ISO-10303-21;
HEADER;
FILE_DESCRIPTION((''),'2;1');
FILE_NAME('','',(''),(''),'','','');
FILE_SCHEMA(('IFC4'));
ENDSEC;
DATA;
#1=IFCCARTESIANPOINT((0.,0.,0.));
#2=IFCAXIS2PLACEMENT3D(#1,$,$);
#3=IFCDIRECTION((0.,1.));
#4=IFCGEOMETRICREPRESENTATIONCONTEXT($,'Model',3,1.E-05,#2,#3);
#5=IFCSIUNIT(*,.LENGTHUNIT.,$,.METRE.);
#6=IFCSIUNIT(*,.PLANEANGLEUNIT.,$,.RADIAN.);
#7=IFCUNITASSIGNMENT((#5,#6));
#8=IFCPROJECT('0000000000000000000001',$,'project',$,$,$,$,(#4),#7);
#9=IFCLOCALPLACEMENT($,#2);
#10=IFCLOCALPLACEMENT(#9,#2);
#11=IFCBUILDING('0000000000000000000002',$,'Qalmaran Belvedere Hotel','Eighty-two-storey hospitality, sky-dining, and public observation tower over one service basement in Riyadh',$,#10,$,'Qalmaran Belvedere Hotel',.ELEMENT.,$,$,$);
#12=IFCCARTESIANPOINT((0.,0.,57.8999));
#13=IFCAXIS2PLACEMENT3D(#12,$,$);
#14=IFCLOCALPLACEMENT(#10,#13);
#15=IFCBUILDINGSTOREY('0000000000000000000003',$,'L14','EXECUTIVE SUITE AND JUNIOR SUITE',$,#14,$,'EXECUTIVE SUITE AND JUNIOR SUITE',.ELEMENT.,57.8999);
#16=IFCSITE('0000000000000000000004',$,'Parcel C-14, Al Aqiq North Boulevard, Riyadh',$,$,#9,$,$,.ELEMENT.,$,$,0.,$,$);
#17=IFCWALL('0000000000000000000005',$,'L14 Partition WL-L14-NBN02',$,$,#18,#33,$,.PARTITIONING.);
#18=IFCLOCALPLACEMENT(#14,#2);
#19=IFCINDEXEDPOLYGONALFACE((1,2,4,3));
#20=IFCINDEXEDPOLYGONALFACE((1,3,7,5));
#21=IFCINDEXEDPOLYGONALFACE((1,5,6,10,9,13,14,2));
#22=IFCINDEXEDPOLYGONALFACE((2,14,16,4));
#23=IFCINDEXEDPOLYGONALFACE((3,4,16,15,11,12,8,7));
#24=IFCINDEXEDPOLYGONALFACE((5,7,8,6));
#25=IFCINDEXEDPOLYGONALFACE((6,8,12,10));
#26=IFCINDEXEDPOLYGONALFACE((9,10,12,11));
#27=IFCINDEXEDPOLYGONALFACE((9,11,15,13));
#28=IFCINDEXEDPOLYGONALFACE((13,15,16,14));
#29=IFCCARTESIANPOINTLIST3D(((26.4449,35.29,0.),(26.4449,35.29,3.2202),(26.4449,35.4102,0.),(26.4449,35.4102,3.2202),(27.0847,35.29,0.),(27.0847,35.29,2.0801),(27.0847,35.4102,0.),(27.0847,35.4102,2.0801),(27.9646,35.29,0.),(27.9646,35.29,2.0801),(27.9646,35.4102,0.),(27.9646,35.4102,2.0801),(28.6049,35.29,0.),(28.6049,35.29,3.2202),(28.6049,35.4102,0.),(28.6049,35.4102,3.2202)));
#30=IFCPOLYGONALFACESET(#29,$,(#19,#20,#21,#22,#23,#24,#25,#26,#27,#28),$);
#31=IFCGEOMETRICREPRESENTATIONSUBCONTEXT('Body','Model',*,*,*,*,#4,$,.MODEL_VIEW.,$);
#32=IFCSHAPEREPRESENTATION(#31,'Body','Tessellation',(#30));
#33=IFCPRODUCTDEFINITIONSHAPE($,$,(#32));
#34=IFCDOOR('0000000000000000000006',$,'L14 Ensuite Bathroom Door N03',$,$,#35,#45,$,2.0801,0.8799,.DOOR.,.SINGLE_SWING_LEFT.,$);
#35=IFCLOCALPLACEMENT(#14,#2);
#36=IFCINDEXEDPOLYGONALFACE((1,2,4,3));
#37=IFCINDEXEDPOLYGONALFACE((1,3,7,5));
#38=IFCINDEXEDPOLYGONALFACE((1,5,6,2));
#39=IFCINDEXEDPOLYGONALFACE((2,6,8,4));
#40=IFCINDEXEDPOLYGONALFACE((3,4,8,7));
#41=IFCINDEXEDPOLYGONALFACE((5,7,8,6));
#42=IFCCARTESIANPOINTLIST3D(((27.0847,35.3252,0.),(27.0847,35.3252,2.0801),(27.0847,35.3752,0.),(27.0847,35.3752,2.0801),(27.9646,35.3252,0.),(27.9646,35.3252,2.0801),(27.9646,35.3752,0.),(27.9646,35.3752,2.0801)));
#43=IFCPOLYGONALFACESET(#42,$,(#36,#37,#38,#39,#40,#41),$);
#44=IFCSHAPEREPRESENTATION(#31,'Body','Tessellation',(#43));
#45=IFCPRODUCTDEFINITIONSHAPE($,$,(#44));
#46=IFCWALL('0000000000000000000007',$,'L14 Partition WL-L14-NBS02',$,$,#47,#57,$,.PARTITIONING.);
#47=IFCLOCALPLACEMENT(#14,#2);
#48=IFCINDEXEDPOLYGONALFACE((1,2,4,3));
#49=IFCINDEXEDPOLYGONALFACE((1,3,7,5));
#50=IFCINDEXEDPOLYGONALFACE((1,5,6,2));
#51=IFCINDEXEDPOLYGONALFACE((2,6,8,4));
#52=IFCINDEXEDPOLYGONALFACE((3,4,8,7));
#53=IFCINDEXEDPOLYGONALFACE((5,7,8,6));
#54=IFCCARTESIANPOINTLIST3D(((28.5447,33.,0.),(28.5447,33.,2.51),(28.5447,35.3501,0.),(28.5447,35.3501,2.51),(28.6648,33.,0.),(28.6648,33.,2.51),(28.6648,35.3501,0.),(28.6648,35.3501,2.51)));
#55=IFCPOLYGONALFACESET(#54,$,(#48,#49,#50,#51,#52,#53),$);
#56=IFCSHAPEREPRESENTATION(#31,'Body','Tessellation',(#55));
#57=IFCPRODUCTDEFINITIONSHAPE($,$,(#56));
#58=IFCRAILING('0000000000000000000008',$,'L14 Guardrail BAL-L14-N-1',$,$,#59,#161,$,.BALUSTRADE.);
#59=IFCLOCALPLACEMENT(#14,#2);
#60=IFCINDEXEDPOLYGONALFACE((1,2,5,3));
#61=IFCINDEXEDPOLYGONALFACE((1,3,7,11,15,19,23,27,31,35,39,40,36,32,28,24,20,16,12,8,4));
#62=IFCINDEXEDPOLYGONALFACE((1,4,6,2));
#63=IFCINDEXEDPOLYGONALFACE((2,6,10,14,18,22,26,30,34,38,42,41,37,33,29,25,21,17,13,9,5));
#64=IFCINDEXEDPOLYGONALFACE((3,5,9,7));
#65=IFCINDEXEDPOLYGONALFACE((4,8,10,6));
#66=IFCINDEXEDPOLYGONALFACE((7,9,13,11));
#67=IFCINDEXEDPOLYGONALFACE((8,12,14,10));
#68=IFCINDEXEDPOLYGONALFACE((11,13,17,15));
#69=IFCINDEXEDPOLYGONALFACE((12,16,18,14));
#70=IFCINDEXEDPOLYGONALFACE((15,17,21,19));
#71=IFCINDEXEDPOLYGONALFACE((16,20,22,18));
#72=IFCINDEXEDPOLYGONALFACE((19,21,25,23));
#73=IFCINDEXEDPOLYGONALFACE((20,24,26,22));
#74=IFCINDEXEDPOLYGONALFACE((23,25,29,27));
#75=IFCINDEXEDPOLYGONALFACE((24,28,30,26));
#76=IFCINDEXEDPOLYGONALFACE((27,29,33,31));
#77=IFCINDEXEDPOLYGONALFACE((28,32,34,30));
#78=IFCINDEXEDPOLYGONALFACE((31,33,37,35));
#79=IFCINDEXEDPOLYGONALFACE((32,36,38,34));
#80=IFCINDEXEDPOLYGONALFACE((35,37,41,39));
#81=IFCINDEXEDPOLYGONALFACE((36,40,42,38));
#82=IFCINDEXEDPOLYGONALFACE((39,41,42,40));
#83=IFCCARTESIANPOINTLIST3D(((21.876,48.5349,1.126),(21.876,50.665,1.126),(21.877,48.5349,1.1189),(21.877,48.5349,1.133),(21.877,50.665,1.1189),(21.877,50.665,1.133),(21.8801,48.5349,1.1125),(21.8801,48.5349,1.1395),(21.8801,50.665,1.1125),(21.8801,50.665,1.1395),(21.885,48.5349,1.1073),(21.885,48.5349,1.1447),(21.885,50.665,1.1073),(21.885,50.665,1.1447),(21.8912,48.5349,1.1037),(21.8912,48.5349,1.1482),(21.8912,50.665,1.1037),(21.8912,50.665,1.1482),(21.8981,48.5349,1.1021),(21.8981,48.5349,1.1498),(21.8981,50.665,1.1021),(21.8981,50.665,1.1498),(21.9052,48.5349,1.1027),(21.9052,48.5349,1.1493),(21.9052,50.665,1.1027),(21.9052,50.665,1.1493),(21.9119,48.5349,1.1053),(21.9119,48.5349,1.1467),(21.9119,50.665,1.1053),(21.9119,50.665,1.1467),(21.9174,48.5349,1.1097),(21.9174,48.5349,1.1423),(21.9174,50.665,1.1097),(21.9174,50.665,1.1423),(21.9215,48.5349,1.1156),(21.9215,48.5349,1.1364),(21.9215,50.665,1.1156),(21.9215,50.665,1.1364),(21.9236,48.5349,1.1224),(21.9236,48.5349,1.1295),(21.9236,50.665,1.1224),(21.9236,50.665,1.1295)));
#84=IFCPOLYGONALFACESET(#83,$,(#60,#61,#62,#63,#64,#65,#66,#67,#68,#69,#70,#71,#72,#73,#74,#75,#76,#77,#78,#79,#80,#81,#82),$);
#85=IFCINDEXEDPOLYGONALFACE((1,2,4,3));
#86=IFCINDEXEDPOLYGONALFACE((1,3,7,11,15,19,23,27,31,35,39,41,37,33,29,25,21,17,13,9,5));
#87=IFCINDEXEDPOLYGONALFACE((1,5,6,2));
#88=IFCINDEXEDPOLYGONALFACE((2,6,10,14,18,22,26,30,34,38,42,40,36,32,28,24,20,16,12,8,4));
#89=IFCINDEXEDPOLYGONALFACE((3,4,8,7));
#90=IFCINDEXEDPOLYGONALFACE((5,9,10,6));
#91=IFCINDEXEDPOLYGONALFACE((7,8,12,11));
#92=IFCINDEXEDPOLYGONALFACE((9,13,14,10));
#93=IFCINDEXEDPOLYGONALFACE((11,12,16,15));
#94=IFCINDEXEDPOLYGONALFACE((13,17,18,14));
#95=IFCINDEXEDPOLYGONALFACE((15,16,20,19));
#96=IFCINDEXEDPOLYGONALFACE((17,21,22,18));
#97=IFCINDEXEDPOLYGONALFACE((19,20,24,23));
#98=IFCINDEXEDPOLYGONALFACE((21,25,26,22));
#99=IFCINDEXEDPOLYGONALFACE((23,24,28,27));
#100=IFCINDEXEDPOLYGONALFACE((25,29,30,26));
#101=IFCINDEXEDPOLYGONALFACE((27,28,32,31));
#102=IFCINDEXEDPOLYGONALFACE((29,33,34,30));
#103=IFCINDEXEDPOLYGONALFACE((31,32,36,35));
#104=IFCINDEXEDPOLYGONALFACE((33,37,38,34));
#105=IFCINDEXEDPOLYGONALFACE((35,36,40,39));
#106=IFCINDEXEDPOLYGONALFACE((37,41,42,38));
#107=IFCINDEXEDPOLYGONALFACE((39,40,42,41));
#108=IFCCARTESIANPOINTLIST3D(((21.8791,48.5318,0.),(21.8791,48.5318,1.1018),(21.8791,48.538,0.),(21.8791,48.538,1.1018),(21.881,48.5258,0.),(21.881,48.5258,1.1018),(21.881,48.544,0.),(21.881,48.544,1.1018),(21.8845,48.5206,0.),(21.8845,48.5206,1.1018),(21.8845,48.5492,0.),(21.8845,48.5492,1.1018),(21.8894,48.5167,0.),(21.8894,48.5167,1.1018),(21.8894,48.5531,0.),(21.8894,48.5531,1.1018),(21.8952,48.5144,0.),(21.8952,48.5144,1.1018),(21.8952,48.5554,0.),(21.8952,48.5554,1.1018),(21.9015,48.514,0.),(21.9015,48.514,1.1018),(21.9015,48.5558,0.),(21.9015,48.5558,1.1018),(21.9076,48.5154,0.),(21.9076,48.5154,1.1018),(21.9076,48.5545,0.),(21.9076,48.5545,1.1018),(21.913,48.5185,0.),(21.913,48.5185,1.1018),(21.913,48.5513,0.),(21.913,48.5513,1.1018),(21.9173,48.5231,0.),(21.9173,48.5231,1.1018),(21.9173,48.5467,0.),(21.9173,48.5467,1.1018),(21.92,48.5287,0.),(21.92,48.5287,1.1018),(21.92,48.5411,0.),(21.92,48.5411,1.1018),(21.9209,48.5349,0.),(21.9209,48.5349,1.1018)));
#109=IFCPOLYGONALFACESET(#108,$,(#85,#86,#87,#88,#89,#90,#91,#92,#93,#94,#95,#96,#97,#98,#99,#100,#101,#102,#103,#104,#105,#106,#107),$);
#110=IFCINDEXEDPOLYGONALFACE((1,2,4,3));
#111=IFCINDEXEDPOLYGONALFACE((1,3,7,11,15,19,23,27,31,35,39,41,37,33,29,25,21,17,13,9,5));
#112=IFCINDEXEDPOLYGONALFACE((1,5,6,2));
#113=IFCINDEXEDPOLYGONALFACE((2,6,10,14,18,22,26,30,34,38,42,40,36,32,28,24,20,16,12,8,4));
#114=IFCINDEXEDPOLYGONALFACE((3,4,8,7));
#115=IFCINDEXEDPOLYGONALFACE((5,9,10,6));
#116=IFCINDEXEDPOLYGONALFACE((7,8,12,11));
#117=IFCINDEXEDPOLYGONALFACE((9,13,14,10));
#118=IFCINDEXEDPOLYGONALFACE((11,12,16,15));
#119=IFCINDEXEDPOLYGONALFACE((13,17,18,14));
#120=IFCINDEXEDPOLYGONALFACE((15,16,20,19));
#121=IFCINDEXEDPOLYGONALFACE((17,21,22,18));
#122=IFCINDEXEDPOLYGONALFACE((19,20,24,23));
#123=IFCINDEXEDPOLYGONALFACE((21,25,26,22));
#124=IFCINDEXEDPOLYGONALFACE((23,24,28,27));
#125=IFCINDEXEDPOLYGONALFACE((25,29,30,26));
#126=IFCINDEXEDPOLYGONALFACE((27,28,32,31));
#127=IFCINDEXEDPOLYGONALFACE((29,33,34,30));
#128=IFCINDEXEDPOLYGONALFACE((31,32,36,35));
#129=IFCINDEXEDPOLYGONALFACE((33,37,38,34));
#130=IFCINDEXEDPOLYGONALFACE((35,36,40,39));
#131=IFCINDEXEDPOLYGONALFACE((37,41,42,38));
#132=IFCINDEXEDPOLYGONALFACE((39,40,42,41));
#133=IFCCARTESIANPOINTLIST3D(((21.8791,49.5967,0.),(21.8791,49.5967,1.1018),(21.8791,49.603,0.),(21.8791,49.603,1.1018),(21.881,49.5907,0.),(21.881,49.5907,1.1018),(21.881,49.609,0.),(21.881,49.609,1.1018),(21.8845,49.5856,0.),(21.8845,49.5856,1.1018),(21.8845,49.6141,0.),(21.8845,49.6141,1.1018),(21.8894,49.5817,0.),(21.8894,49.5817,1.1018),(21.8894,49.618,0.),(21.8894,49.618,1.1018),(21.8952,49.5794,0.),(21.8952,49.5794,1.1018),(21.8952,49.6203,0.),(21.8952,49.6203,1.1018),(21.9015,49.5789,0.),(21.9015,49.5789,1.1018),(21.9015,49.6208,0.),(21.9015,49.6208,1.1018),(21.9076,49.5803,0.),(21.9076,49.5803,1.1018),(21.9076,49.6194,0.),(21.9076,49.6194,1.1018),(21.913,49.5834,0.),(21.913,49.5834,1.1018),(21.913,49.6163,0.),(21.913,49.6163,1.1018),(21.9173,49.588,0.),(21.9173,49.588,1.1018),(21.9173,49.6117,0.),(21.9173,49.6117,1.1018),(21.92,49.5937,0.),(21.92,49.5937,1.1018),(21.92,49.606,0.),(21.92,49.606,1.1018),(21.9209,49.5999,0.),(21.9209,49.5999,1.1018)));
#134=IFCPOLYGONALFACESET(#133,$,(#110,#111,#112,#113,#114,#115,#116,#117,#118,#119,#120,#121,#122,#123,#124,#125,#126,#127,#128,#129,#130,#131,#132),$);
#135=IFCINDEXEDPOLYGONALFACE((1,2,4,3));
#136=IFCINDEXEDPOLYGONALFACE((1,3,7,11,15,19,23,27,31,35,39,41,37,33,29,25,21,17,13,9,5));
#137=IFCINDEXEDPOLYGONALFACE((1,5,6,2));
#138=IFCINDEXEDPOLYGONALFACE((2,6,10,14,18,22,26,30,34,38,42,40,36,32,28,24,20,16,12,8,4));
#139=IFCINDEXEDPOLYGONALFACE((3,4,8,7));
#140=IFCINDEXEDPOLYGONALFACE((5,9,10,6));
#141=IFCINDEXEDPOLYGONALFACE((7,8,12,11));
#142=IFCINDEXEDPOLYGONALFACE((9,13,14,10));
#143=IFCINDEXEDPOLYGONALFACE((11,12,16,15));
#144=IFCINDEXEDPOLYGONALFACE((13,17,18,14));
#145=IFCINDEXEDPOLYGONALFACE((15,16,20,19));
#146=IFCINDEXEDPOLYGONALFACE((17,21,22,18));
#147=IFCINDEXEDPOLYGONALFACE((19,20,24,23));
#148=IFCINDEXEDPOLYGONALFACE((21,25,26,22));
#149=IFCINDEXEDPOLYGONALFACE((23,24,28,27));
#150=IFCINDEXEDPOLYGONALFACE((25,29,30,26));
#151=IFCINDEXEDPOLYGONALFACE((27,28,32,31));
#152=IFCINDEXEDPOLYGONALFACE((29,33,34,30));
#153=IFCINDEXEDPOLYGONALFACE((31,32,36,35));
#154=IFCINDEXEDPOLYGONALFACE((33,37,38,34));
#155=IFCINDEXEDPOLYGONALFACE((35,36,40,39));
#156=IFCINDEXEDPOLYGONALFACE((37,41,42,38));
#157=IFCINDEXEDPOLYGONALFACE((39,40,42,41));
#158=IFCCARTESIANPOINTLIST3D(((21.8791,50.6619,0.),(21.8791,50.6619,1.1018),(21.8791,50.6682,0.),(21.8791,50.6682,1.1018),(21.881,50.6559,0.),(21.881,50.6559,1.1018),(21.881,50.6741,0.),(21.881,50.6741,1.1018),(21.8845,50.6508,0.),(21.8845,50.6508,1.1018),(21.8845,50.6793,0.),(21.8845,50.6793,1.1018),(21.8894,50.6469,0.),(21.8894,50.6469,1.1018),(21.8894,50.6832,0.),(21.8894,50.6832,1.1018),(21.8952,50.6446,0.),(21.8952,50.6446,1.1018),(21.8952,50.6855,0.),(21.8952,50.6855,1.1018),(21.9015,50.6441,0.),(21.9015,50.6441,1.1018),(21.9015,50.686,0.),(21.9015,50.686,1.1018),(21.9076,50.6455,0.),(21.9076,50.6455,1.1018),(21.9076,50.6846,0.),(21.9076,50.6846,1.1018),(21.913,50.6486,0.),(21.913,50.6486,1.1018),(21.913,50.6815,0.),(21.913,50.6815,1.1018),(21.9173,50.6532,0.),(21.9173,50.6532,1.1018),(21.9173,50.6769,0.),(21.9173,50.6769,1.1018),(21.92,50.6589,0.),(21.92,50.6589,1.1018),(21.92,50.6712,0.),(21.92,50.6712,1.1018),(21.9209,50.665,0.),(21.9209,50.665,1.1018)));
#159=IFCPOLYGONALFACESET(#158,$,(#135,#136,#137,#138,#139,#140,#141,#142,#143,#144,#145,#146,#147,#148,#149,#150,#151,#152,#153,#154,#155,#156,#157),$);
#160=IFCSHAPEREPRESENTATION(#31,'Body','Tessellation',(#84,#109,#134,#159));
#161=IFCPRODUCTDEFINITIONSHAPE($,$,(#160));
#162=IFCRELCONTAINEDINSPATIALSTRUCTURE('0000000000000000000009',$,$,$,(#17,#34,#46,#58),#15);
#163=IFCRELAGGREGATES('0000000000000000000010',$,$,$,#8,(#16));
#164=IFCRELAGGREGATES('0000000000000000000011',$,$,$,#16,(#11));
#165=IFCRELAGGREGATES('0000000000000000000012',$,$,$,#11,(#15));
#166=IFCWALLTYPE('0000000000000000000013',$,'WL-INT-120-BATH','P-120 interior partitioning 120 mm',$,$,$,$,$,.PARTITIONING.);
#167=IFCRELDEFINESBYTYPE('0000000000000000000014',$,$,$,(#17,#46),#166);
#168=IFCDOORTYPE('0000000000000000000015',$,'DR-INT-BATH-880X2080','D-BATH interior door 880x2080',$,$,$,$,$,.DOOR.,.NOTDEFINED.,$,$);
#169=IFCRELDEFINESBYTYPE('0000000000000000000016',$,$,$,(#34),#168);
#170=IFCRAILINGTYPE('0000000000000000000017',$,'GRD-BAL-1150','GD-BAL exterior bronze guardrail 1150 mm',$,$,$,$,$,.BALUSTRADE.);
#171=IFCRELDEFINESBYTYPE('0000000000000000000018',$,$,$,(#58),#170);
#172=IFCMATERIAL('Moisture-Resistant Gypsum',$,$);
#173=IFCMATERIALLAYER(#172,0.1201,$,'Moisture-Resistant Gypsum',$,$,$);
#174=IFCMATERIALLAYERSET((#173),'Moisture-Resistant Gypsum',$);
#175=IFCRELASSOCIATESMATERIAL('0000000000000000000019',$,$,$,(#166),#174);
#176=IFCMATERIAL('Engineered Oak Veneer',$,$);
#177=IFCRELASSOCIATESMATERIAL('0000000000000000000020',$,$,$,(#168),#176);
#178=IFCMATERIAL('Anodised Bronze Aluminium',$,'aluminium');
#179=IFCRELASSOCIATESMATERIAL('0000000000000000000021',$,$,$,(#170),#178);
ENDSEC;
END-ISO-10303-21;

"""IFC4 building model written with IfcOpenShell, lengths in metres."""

from ifc_helpers import new_model, si_unit, direction, frame, frame_2d, origin, origin_2d, place, context, subcontext, project, spatial, rectangle, circle, extrude, material, layer, layer_set, type_object, element, fill, save


model = new_model("IFC4")

# Units and contexts
model_context = context("Model", 3, precision=1e-05, world=origin(), true_north=direction((0.0, 1.0)))
body_context = subcontext(model_context, "Body", "Model", "MODEL_VIEW")
ifc_project = project(units=[si_unit("LENGTHUNIT", "METRE"), si_unit("PLANEANGLEUNIT", "RADIAN")], contexts=[model_context])

# Site, building, storey
site_placement = place(None, origin())
site = spatial("IfcSite", under=ifc_project, at=site_placement, Name="Parcel C-14, Al Aqiq North Boulevard, Riyadh", CompositionType="ELEMENT", RefElevation=0.0)
building_placement = place(site_placement, origin())
building = spatial("IfcBuilding", under=site, at=building_placement, Name="Qalmaran Belvedere Hotel", Description="Eighty-two-storey hospitality, sky-dining, and public observation tower over one service basement in Riyadh", LongName="Qalmaran Belvedere Hotel", CompositionType="ELEMENT")
storey_placement = place(building_placement, frame((0.0, 0.0, 57.8999)))
storey = spatial("IfcBuildingStorey", under=building, at=storey_placement, Name="L14", Description="EXECUTIVE SUITE AND JUNIOR SUITE", LongName="EXECUTIVE SUITE AND JUNIOR SUITE", CompositionType="ELEMENT", Elevation=57.8999)

# Shared definitions
ifc_material_1 = material(Name="Anodised Bronze Aluminium", Category="aluminium")

# Wall, opening, door
ifc_material_2 = material(Name="Moisture-Resistant Gypsum")
ifc_layer_1 = layer(ifc_material_2, 0.1201, Name="Moisture-Resistant Gypsum")
ifc_layer_set_1 = layer_set([ifc_layer_1], Name="Moisture-Resistant Gypsum")
wall_type_1 = type_object("IfcWallType", Name="WL-INT-120-BATH", Description="P-120 interior partitioning 120 mm", PredefinedType="PARTITIONING", material=ifc_layer_set_1)
ifc_material_3 = material(Name="Engineered Oak Veneer")
door_type_1 = type_object("IfcDoorType", Name="DR-INT-BATH-880X2080", Description="D-BATH interior door 880x2080", OperationType="NOTDEFINED", PredefinedType="DOOR", material=ifc_material_3)
wall_1_placement = place(storey_placement, frame((26.4448, 35.3501, 0.0), z_axis=(0.0, 0.0, 1.0), x_axis=(1.0, 0.0, 0.0)))
wall_1 = element("IfcWall", 1, at=wall_1_placement, inside=storey, type_object=wall_type_1, Name="L14 Partition WL-L14-NBN02", PredefinedType="PARTITIONING", context=body_context, shape_type="SweptSolid", body=[
    extrude(rectangle(XDim=2.1599, YDim=0.1201, at=frame_2d((1.0801, 0.0))), origin(), (0.0, 0.0, 1.0), 3.2202),
])
opening_1_placement = place(wall_1_placement, frame((1.5198, 0.0, 0.0), z_axis=(0.0, 0.0, 1.0), x_axis=(-1.0, 0.0, 0.0)))
opening_1 = element("IfcOpeningElement", 2, at=opening_1_placement, cuts=wall_1, PredefinedType="OPENING", context=body_context, shape_type="SweptSolid", body=[
    extrude(rectangle(XDim=0.8799, YDim=2.0801, at=frame_2d((0.4399, 1.04))), frame((0.0, 0.0701, 0.0), z_axis=(0.0, -1.0, 0.0), x_axis=(1.0, 0.0, 0.0)), (0.0, 0.0, 1.0), 0.1401),
])
door_1_placement = place(opening_1_placement, origin())
door_1 = element("IfcDoor", 3, at=door_1_placement, inside=storey, type_object=door_type_1, Name="L14 Ensuite Bathroom Door N03", OperationType="SINGLE_SWING_LEFT", OverallHeight=2.0801, OverallWidth=0.8799, PredefinedType="DOOR", context=body_context, shape_type="SweptSolid", body=[
    extrude(rectangle(XDim=0.8799, YDim=2.0801, at=frame_2d((0.4399, 1.04))), frame((0.0, 0.0249, 0.0), z_axis=(0.0, -1.0, 0.0), x_axis=(1.0, 0.0, 0.0)), (0.0, 0.0, 1.0), 0.05),
])
fill(opening_1, door_1)

# Wall
wall_2_placement = place(storey_placement, frame((28.6047, 33.0, 0.0), z_axis=(0.0, 0.0, 1.0), x_axis=(0.0, 1.0, 0.0)))
element("IfcWall", 4, at=wall_2_placement, inside=storey, type_object=wall_type_1, Name="L14 Partition WL-L14-NBS02", PredefinedType="PARTITIONING", context=body_context, shape_type="SweptSolid", body=[
    extrude(rectangle(XDim=2.3501, YDim=0.1201, at=frame_2d((1.175, 0.0))), origin(), (0.0, 0.0, 1.0), 2.51),
])

# Railing
railing_type = type_object("IfcRailingType", Name="GRD-BAL-1150", Description="GD-BAL exterior bronze guardrail 1150 mm", PredefinedType="BALUSTRADE", material=ifc_material_1)
railing_1_placement = place(storey_placement, frame((21.8999, 48.5349, 0.0)))
element("IfcRailing", 5, at=railing_1_placement, inside=storey, type_object=railing_type, Name="L14 Guardrail BAL-L14-N-1", PredefinedType="BALUSTRADE", context=body_context, shape_type="SweptSolid", body=[
    extrude(circle(Radius=0.0239, at=origin_2d()), frame((0.0, 0.0, 1.126), z_axis=(0.0, 1.0, 0.0), x_axis=(-1.0, 0.0, 0.0)), (0.0, 0.0, 1.0), 2.1301),
    extrude(circle(Radius=0.021, at=origin_2d()), origin(), (0.0, 0.0, 1.0), 1.1018),
    extrude(circle(Radius=0.021, at=origin_2d()), frame((0.0, 1.0649, 0.0)), (0.0, 0.0, 1.0), 1.1018),
    extrude(circle(Radius=0.021, at=origin_2d()), frame((0.0, 2.1301, 0.0)), (0.0, 0.0, 1.0), 1.1018),
])

save(model, "model.ifc")
